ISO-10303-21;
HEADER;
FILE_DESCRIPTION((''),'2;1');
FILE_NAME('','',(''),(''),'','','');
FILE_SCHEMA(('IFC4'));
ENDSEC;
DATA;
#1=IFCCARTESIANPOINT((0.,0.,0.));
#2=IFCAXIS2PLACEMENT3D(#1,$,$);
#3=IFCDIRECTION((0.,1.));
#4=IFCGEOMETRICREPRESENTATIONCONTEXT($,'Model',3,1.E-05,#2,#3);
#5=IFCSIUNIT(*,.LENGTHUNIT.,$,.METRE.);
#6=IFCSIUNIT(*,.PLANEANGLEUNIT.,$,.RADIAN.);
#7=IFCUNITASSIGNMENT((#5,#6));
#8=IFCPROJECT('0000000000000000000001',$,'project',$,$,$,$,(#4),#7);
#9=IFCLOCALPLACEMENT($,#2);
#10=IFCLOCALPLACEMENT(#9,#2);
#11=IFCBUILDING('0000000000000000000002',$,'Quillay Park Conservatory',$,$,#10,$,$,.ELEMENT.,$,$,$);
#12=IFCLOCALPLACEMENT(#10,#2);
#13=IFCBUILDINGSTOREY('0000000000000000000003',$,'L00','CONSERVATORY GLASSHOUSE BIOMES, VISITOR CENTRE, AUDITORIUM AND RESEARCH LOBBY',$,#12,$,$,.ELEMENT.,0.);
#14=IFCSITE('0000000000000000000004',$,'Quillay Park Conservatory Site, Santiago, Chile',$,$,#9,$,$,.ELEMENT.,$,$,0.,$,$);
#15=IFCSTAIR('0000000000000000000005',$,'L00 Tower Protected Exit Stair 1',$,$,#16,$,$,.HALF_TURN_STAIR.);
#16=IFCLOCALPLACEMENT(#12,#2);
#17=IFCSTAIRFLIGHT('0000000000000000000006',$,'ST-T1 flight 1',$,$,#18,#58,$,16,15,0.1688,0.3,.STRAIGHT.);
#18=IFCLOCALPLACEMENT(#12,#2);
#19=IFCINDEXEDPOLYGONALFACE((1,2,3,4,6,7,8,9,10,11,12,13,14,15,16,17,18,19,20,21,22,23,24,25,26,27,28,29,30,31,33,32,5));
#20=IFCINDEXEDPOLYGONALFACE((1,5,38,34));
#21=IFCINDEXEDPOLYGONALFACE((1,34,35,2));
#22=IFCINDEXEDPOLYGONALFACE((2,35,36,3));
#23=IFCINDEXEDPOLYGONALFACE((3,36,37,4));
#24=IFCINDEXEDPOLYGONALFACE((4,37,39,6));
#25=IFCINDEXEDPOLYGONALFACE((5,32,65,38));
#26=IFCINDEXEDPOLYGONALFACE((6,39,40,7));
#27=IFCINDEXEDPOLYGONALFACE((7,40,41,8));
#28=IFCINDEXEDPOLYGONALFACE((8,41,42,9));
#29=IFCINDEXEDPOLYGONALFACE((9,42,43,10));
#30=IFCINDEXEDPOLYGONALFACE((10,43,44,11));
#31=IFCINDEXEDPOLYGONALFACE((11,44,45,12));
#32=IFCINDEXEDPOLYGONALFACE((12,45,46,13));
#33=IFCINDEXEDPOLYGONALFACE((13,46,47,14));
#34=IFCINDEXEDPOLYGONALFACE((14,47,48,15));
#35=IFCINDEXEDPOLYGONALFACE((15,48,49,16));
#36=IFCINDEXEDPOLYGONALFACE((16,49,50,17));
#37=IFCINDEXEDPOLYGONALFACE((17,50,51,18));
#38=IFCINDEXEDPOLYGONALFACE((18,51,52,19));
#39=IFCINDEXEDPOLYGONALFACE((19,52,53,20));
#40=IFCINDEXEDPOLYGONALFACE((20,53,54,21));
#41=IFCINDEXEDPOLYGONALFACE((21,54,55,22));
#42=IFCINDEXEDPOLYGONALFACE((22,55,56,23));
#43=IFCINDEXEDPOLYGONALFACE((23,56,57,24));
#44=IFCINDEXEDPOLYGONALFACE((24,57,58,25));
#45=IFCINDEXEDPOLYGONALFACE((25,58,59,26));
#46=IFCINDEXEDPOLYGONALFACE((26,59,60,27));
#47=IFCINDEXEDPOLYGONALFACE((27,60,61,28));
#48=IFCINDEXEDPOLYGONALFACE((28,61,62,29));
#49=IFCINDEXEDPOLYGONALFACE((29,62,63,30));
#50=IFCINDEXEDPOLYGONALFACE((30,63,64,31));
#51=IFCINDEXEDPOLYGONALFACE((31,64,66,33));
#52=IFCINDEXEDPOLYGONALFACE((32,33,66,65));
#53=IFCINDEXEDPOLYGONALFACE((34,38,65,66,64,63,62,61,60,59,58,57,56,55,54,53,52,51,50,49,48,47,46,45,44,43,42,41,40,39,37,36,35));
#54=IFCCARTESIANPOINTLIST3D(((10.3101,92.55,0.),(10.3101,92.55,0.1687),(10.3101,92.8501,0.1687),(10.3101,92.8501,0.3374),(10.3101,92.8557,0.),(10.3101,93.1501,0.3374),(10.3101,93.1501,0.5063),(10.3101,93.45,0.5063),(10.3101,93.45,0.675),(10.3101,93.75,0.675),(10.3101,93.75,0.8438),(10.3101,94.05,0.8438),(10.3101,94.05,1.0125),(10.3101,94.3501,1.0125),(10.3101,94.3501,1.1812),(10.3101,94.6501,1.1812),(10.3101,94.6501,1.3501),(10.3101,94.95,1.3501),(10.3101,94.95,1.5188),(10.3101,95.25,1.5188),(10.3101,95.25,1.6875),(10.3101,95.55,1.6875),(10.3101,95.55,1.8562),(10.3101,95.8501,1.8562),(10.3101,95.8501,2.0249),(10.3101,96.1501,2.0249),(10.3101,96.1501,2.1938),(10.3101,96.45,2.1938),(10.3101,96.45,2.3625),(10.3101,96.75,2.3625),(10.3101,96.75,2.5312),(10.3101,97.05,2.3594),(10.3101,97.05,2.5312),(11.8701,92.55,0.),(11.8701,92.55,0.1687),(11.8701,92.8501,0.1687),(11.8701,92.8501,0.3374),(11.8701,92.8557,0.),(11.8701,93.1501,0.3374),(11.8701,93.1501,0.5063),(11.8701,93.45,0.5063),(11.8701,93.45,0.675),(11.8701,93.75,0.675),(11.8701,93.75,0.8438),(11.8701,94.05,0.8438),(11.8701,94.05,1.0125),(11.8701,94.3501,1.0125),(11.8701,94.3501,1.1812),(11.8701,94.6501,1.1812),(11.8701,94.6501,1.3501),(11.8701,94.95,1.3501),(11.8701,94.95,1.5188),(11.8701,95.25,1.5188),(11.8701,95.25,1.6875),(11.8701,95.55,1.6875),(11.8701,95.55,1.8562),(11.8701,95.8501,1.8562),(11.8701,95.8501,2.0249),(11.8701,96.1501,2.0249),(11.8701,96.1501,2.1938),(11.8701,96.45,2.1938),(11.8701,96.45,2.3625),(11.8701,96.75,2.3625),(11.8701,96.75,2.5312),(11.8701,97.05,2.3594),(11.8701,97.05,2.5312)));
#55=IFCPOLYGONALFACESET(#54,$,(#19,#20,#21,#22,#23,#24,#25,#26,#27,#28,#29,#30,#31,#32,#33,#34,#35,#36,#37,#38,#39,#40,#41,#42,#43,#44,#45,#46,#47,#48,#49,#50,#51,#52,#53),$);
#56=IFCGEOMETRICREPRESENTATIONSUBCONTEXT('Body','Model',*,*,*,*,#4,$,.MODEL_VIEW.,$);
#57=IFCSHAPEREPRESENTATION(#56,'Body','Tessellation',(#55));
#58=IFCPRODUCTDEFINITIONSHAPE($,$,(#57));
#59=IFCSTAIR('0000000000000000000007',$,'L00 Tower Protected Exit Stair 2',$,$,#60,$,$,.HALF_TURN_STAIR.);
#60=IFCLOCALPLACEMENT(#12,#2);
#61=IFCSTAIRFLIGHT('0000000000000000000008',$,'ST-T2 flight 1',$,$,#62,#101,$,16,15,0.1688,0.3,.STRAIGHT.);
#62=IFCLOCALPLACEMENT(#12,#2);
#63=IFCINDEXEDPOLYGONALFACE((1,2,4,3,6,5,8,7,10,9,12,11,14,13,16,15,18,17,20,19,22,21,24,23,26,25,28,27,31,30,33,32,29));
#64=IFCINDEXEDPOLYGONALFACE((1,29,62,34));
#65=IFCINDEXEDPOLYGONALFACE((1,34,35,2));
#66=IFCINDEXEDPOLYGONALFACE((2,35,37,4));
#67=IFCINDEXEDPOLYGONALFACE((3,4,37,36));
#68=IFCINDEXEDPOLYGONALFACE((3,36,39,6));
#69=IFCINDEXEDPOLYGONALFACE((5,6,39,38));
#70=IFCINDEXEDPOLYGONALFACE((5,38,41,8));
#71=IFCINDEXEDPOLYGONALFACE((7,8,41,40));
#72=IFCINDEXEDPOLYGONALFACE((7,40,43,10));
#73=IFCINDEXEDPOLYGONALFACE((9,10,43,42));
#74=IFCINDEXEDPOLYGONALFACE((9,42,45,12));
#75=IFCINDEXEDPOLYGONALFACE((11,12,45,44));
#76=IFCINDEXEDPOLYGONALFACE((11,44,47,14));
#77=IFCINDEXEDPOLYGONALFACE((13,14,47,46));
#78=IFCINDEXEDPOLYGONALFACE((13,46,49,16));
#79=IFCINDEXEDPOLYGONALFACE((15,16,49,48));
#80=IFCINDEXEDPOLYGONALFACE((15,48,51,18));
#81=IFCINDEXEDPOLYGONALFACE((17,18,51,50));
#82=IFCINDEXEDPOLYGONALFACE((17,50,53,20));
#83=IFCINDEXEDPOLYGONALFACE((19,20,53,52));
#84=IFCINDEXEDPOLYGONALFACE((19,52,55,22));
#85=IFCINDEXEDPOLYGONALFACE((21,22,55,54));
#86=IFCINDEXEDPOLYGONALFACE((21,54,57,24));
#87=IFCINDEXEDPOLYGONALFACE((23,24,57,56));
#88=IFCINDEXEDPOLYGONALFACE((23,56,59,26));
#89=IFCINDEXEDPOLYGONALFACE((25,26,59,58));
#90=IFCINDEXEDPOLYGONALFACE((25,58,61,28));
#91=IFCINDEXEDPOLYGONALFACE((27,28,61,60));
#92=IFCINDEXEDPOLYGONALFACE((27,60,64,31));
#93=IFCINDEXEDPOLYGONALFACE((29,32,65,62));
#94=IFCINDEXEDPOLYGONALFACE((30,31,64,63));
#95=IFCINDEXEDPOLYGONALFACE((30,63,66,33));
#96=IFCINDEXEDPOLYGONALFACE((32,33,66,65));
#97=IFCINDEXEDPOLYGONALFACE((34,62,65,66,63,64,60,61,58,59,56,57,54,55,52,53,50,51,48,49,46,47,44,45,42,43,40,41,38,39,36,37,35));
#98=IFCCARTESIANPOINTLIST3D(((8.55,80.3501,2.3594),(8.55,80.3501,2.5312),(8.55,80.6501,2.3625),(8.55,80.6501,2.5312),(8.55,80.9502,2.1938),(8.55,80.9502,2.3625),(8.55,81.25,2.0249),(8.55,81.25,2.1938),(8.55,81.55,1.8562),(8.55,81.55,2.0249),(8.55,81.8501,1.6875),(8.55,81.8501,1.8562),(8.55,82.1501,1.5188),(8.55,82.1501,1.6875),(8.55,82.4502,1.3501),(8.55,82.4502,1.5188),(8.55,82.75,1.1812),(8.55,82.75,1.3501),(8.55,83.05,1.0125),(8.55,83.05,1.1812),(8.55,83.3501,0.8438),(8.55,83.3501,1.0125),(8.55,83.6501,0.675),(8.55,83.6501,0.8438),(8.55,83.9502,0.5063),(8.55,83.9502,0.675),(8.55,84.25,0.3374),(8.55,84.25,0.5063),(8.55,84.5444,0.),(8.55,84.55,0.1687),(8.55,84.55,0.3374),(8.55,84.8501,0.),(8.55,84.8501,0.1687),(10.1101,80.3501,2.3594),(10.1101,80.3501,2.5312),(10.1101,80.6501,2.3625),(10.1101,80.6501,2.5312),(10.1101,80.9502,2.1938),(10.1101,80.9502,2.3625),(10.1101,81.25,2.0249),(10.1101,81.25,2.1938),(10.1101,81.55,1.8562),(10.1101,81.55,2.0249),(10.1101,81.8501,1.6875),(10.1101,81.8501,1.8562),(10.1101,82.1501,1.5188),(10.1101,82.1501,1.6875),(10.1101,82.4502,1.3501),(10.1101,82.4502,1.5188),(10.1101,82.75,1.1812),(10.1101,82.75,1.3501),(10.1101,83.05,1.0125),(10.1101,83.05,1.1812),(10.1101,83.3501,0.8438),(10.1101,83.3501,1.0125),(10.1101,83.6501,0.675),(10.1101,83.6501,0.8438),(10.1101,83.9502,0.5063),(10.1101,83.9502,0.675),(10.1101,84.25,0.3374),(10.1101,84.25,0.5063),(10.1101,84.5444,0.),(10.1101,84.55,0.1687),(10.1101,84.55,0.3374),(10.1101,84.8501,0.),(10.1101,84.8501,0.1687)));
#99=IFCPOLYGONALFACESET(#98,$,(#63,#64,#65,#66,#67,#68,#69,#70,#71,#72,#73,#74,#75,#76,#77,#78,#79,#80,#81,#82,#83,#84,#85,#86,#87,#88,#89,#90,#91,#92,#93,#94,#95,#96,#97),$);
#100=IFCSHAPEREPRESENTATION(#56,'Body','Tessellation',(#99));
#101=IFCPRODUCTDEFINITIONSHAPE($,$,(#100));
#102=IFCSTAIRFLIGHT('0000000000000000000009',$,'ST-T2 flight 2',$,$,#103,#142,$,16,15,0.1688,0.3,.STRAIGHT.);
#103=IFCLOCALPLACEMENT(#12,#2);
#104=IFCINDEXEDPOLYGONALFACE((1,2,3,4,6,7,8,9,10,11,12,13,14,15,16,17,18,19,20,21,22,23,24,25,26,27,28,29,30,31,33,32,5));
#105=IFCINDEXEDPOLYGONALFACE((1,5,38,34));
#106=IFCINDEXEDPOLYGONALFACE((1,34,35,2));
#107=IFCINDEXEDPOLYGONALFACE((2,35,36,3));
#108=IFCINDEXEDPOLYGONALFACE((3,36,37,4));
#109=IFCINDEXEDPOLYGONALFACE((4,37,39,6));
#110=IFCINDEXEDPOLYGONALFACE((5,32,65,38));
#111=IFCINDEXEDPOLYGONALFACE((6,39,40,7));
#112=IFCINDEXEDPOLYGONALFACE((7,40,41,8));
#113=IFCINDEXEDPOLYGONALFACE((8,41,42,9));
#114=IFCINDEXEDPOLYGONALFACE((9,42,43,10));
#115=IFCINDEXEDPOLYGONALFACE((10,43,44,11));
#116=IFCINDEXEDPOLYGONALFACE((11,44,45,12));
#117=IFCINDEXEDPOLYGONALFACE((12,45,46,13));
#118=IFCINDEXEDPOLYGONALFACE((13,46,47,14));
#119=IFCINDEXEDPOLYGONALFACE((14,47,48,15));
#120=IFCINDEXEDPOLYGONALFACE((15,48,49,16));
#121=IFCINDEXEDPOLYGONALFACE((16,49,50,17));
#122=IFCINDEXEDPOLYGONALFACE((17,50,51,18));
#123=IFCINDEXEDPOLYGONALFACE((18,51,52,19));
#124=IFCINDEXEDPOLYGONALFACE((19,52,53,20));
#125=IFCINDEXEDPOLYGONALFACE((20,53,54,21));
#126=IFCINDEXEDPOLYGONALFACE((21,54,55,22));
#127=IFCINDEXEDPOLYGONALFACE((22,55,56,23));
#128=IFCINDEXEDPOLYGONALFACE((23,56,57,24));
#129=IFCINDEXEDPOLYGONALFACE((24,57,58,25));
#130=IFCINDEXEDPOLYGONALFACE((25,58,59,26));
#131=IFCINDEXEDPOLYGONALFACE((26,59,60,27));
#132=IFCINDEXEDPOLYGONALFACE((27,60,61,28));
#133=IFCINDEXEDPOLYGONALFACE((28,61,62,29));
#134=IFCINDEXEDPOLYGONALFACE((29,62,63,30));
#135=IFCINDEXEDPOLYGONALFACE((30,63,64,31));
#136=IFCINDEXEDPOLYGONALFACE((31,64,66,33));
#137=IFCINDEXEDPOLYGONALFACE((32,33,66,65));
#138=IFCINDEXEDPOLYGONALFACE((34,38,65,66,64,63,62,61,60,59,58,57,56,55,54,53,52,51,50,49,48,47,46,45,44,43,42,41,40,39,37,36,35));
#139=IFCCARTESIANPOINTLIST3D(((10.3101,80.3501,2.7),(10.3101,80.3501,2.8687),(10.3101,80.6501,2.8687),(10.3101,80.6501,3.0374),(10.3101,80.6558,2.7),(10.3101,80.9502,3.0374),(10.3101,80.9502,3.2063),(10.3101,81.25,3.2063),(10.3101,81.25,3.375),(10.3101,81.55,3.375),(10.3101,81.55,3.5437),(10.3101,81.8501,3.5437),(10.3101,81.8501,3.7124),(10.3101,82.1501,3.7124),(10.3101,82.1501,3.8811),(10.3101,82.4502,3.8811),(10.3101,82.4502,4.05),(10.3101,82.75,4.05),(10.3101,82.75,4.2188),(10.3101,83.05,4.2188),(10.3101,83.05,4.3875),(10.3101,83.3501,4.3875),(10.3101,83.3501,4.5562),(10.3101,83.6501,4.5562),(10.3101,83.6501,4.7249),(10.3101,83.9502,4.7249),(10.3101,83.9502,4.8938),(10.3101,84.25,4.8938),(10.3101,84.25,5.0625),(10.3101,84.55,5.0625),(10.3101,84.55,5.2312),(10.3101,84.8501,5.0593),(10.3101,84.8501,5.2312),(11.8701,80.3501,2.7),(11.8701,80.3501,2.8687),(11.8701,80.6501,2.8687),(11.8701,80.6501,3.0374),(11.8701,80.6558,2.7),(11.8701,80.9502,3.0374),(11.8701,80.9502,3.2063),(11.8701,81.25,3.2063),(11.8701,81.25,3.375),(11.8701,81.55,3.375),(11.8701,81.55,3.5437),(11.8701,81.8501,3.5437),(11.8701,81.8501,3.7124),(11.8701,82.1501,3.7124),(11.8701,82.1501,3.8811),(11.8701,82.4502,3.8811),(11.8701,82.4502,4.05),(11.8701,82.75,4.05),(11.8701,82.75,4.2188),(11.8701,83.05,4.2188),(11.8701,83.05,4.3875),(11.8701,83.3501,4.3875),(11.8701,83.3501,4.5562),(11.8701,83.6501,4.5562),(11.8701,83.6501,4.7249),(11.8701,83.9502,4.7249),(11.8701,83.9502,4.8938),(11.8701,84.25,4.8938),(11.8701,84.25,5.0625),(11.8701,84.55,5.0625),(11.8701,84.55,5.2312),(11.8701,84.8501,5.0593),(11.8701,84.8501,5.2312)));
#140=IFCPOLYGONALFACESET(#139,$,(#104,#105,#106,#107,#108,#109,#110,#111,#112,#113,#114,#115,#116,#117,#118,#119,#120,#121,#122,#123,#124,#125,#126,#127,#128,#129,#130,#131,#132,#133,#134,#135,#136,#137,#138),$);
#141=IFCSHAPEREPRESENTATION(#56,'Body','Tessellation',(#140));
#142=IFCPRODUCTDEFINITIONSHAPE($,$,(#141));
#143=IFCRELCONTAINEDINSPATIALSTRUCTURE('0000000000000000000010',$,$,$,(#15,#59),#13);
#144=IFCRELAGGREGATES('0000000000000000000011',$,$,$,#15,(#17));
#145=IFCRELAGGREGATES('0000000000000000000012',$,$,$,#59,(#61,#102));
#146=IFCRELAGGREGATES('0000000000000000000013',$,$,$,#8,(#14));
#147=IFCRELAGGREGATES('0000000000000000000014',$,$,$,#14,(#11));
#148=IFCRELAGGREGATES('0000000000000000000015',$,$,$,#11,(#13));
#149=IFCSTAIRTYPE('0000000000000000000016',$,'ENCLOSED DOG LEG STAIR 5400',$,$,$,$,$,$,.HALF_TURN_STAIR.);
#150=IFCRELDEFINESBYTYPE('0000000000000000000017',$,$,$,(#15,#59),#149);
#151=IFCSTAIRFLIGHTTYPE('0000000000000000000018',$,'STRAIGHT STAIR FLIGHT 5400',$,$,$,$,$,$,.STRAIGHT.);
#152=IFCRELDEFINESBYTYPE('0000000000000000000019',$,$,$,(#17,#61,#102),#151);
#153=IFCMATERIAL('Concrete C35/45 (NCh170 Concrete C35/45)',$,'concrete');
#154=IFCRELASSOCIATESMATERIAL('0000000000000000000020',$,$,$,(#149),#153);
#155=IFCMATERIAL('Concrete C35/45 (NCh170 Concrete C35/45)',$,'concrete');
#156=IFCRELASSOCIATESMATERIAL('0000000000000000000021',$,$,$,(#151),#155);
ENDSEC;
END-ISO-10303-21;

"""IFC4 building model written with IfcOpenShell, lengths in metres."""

from ifc_helpers import new_model, si_unit, direction, frame, origin, place, context, subcontext, project, spatial, polyline, outline, extrude, material, type_object, element, aggregate, save


model = new_model("IFC4")

# Units and contexts
model_context = context("Model", 3, precision=1e-05, world=origin(), true_north=direction((0.0, 1.0)))
body_context = subcontext(model_context, "Body", "Model", "MODEL_VIEW")
ifc_project = project(units=[si_unit("LENGTHUNIT", "METRE"), si_unit("PLANEANGLEUNIT", "RADIAN")], contexts=[model_context])

# Site, building, storey
site_placement = place(None, origin())
site = spatial("IfcSite", under=ifc_project, at=site_placement, Name="Quillay Park Conservatory Site, Santiago, Chile", CompositionType="ELEMENT", RefElevation=0.0)
building_placement = place(site_placement, origin())
building = spatial("IfcBuilding", under=site, at=building_placement, Name="Quillay Park Conservatory", CompositionType="ELEMENT")
storey_placement = place(building_placement, origin())
storey = spatial("IfcBuildingStorey", under=building, at=storey_placement, Name="L00", Description="CONSERVATORY GLASSHOUSE BIOMES, VISITOR CENTRE, AUDITORIUM AND RESEARCH LOBBY", CompositionType="ELEMENT", Elevation=0.0)

# Stair, stair flight
ifc_material_1 = material(Name="Concrete C35/45 (NCh170 Concrete C35/45)", Category="concrete")
stair_type = type_object("IfcStairType", Name="ENCLOSED DOG LEG STAIR 5400", PredefinedType="HALF_TURN_STAIR", material=ifc_material_1)
stair_1_placement = place(storey_placement, origin())
stair_1 = element("IfcStair", 1, at=stair_1_placement, inside=storey, type_object=stair_type, Name="L00 Tower Protected Exit Stair 1", PredefinedType="HALF_TURN_STAIR")
ifc_material_2 = material(Name="Concrete C35/45 (NCh170 Concrete C35/45)", Category="concrete")
stair_flight_type = type_object("IfcStairFlightType", Name="STRAIGHT STAIR FLIGHT 5400", PredefinedType="STRAIGHT", material=ifc_material_2)
stair_flight_1_placement = place(storey_placement, frame((11.0901, 92.55, 0.0), z_axis=(0.0, 0.0, 1.0), x_axis=(0.0, 1.0, 0.0)))
stair_flight_1 = element("IfcStairFlight", 2, at=stair_flight_1_placement, type_object=stair_flight_type, Name="ST-T1 flight 1", NumberOfRisers=16, NumberOfTreads=15, PredefinedType="STRAIGHT", RiserHeight=0.1688, TreadLength=0.3, context=body_context, shape_type="SweptSolid", body=[
    extrude(outline(polyline([(0.0, 0.0), (0.0, 0.1687), (0.3, 0.1687), (0.3, 0.3374), (0.6001, 0.3374), (0.6001, 0.5063), (0.8999, 0.5063), (0.8999, 0.675), (1.2, 0.675), (1.2, 0.8438), (1.5, 0.8438), (1.5, 1.0125), (1.8, 1.0125), (1.8, 1.1812), (2.1001, 1.1812), (2.1001, 1.3501), (2.3999, 1.3501), (2.3999, 1.5188), (2.7, 1.5188), (2.7, 1.6875), (3.0, 1.6875), (3.0, 1.8562), (3.3, 1.8562), (3.3, 2.0249), (3.6001, 2.0249), (3.6001, 2.1938), (3.8999, 2.1938), (3.8999, 2.3625), (4.2, 2.3625), (4.2, 2.5312), (4.5, 2.5312), (4.5, 2.7), (4.5, 2.3594), (0.3057, 0.0), (0.0, 0.0)])), frame((0.0, 0.78, 0.0), z_axis=(0.0, -1.0, 0.0), x_axis=(1.0, 0.0, 0.0)), (0.0, 0.0, 1.0), 1.5601),
])
aggregate(stair_1, [stair_flight_1])

# Stair, stair flights
stair_2_placement = place(storey_placement, origin())
stair_2 = element("IfcStair", 3, at=stair_2_placement, inside=storey, type_object=stair_type, Name="L00 Tower Protected Exit Stair 2", PredefinedType="HALF_TURN_STAIR")
stair_flight_2_placement = place(storey_placement, frame((9.3301, 84.8501, 0.0), z_axis=(0.0, 0.0, 1.0), x_axis=(0.0, -1.0, 0.0)))
stair_flight_2 = element("IfcStairFlight", 4, at=stair_flight_2_placement, type_object=stair_flight_type, Name="ST-T2 flight 1", NumberOfRisers=16, NumberOfTreads=15, PredefinedType="STRAIGHT", RiserHeight=0.1688, TreadLength=0.3, context=body_context, shape_type="SweptSolid", body=[
    extrude(outline(polyline([(0.0, 0.0), (0.0, 0.1687), (0.3, 0.1687), (0.3, 0.3374), (0.6001, 0.3374), (0.6001, 0.5063), (0.8999, 0.5063), (0.8999, 0.675), (1.2, 0.675), (1.2, 0.8438), (1.5, 0.8438), (1.5, 1.0125), (1.8, 1.0125), (1.8, 1.1812), (2.1001, 1.1812), (2.1001, 1.3501), (2.3999, 1.3501), (2.3999, 1.5188), (2.7, 1.5188), (2.7, 1.6875), (3.0, 1.6875), (3.0, 1.8562), (3.3, 1.8562), (3.3, 2.0249), (3.6001, 2.0249), (3.6001, 2.1938), (3.8999, 2.1938), (3.8999, 2.3625), (4.2, 2.3625), (4.2, 2.5312), (4.5, 2.5312), (4.5, 2.7), (4.5, 2.3594), (0.3057, 0.0), (0.0, 0.0)])), frame((0.0, 0.78, 0.0), z_axis=(0.0, -1.0, 0.0), x_axis=(1.0, 0.0, 0.0)), (0.0, 0.0, 1.0), 1.5601),
])
stair_flight_3_placement = place(storey_placement, frame((11.0901, 80.3501, 2.7), z_axis=(0.0, 0.0, 1.0), x_axis=(0.0, 1.0, 0.0)))
stair_flight_3 = element("IfcStairFlight", 5, at=stair_flight_3_placement, type_object=stair_flight_type, Name="ST-T2 flight 2", NumberOfRisers=16, NumberOfTreads=15, PredefinedType="STRAIGHT", RiserHeight=0.1688, TreadLength=0.3, context=body_context, shape_type="SweptSolid", body=[
    extrude(outline(polyline([(0.0, 0.0), (0.0, 0.1687), (0.3, 0.1687), (0.3, 0.3374), (0.6001, 0.3374), (0.6001, 0.5063), (0.8999, 0.5063), (0.8999, 0.675), (1.2, 0.675), (1.2, 0.8438), (1.5, 0.8438), (1.5, 1.0125), (1.8, 1.0125), (1.8, 1.1812), (2.1001, 1.1812), (2.1001, 1.3501), (2.3999, 1.3501), (2.3999, 1.5188), (2.7, 1.5188), (2.7, 1.6875), (3.0, 1.6875), (3.0, 1.8562), (3.3, 1.8562), (3.3, 2.0249), (3.6001, 2.0249), (3.6001, 2.1938), (3.8999, 2.1938), (3.8999, 2.3625), (4.2, 2.3625), (4.2, 2.5312), (4.5, 2.5312), (4.5, 2.7), (4.5, 2.3594), (0.3057, 0.0), (0.0, 0.0)])), frame((0.0, 0.78, 0.0), z_axis=(0.0, -1.0, 0.0), x_axis=(1.0, 0.0, 0.0)), (0.0, 0.0, 1.0), 1.5601),
])
aggregate(stair_2, [stair_flight_2, stair_flight_3])

save(model, "model.ifc")
